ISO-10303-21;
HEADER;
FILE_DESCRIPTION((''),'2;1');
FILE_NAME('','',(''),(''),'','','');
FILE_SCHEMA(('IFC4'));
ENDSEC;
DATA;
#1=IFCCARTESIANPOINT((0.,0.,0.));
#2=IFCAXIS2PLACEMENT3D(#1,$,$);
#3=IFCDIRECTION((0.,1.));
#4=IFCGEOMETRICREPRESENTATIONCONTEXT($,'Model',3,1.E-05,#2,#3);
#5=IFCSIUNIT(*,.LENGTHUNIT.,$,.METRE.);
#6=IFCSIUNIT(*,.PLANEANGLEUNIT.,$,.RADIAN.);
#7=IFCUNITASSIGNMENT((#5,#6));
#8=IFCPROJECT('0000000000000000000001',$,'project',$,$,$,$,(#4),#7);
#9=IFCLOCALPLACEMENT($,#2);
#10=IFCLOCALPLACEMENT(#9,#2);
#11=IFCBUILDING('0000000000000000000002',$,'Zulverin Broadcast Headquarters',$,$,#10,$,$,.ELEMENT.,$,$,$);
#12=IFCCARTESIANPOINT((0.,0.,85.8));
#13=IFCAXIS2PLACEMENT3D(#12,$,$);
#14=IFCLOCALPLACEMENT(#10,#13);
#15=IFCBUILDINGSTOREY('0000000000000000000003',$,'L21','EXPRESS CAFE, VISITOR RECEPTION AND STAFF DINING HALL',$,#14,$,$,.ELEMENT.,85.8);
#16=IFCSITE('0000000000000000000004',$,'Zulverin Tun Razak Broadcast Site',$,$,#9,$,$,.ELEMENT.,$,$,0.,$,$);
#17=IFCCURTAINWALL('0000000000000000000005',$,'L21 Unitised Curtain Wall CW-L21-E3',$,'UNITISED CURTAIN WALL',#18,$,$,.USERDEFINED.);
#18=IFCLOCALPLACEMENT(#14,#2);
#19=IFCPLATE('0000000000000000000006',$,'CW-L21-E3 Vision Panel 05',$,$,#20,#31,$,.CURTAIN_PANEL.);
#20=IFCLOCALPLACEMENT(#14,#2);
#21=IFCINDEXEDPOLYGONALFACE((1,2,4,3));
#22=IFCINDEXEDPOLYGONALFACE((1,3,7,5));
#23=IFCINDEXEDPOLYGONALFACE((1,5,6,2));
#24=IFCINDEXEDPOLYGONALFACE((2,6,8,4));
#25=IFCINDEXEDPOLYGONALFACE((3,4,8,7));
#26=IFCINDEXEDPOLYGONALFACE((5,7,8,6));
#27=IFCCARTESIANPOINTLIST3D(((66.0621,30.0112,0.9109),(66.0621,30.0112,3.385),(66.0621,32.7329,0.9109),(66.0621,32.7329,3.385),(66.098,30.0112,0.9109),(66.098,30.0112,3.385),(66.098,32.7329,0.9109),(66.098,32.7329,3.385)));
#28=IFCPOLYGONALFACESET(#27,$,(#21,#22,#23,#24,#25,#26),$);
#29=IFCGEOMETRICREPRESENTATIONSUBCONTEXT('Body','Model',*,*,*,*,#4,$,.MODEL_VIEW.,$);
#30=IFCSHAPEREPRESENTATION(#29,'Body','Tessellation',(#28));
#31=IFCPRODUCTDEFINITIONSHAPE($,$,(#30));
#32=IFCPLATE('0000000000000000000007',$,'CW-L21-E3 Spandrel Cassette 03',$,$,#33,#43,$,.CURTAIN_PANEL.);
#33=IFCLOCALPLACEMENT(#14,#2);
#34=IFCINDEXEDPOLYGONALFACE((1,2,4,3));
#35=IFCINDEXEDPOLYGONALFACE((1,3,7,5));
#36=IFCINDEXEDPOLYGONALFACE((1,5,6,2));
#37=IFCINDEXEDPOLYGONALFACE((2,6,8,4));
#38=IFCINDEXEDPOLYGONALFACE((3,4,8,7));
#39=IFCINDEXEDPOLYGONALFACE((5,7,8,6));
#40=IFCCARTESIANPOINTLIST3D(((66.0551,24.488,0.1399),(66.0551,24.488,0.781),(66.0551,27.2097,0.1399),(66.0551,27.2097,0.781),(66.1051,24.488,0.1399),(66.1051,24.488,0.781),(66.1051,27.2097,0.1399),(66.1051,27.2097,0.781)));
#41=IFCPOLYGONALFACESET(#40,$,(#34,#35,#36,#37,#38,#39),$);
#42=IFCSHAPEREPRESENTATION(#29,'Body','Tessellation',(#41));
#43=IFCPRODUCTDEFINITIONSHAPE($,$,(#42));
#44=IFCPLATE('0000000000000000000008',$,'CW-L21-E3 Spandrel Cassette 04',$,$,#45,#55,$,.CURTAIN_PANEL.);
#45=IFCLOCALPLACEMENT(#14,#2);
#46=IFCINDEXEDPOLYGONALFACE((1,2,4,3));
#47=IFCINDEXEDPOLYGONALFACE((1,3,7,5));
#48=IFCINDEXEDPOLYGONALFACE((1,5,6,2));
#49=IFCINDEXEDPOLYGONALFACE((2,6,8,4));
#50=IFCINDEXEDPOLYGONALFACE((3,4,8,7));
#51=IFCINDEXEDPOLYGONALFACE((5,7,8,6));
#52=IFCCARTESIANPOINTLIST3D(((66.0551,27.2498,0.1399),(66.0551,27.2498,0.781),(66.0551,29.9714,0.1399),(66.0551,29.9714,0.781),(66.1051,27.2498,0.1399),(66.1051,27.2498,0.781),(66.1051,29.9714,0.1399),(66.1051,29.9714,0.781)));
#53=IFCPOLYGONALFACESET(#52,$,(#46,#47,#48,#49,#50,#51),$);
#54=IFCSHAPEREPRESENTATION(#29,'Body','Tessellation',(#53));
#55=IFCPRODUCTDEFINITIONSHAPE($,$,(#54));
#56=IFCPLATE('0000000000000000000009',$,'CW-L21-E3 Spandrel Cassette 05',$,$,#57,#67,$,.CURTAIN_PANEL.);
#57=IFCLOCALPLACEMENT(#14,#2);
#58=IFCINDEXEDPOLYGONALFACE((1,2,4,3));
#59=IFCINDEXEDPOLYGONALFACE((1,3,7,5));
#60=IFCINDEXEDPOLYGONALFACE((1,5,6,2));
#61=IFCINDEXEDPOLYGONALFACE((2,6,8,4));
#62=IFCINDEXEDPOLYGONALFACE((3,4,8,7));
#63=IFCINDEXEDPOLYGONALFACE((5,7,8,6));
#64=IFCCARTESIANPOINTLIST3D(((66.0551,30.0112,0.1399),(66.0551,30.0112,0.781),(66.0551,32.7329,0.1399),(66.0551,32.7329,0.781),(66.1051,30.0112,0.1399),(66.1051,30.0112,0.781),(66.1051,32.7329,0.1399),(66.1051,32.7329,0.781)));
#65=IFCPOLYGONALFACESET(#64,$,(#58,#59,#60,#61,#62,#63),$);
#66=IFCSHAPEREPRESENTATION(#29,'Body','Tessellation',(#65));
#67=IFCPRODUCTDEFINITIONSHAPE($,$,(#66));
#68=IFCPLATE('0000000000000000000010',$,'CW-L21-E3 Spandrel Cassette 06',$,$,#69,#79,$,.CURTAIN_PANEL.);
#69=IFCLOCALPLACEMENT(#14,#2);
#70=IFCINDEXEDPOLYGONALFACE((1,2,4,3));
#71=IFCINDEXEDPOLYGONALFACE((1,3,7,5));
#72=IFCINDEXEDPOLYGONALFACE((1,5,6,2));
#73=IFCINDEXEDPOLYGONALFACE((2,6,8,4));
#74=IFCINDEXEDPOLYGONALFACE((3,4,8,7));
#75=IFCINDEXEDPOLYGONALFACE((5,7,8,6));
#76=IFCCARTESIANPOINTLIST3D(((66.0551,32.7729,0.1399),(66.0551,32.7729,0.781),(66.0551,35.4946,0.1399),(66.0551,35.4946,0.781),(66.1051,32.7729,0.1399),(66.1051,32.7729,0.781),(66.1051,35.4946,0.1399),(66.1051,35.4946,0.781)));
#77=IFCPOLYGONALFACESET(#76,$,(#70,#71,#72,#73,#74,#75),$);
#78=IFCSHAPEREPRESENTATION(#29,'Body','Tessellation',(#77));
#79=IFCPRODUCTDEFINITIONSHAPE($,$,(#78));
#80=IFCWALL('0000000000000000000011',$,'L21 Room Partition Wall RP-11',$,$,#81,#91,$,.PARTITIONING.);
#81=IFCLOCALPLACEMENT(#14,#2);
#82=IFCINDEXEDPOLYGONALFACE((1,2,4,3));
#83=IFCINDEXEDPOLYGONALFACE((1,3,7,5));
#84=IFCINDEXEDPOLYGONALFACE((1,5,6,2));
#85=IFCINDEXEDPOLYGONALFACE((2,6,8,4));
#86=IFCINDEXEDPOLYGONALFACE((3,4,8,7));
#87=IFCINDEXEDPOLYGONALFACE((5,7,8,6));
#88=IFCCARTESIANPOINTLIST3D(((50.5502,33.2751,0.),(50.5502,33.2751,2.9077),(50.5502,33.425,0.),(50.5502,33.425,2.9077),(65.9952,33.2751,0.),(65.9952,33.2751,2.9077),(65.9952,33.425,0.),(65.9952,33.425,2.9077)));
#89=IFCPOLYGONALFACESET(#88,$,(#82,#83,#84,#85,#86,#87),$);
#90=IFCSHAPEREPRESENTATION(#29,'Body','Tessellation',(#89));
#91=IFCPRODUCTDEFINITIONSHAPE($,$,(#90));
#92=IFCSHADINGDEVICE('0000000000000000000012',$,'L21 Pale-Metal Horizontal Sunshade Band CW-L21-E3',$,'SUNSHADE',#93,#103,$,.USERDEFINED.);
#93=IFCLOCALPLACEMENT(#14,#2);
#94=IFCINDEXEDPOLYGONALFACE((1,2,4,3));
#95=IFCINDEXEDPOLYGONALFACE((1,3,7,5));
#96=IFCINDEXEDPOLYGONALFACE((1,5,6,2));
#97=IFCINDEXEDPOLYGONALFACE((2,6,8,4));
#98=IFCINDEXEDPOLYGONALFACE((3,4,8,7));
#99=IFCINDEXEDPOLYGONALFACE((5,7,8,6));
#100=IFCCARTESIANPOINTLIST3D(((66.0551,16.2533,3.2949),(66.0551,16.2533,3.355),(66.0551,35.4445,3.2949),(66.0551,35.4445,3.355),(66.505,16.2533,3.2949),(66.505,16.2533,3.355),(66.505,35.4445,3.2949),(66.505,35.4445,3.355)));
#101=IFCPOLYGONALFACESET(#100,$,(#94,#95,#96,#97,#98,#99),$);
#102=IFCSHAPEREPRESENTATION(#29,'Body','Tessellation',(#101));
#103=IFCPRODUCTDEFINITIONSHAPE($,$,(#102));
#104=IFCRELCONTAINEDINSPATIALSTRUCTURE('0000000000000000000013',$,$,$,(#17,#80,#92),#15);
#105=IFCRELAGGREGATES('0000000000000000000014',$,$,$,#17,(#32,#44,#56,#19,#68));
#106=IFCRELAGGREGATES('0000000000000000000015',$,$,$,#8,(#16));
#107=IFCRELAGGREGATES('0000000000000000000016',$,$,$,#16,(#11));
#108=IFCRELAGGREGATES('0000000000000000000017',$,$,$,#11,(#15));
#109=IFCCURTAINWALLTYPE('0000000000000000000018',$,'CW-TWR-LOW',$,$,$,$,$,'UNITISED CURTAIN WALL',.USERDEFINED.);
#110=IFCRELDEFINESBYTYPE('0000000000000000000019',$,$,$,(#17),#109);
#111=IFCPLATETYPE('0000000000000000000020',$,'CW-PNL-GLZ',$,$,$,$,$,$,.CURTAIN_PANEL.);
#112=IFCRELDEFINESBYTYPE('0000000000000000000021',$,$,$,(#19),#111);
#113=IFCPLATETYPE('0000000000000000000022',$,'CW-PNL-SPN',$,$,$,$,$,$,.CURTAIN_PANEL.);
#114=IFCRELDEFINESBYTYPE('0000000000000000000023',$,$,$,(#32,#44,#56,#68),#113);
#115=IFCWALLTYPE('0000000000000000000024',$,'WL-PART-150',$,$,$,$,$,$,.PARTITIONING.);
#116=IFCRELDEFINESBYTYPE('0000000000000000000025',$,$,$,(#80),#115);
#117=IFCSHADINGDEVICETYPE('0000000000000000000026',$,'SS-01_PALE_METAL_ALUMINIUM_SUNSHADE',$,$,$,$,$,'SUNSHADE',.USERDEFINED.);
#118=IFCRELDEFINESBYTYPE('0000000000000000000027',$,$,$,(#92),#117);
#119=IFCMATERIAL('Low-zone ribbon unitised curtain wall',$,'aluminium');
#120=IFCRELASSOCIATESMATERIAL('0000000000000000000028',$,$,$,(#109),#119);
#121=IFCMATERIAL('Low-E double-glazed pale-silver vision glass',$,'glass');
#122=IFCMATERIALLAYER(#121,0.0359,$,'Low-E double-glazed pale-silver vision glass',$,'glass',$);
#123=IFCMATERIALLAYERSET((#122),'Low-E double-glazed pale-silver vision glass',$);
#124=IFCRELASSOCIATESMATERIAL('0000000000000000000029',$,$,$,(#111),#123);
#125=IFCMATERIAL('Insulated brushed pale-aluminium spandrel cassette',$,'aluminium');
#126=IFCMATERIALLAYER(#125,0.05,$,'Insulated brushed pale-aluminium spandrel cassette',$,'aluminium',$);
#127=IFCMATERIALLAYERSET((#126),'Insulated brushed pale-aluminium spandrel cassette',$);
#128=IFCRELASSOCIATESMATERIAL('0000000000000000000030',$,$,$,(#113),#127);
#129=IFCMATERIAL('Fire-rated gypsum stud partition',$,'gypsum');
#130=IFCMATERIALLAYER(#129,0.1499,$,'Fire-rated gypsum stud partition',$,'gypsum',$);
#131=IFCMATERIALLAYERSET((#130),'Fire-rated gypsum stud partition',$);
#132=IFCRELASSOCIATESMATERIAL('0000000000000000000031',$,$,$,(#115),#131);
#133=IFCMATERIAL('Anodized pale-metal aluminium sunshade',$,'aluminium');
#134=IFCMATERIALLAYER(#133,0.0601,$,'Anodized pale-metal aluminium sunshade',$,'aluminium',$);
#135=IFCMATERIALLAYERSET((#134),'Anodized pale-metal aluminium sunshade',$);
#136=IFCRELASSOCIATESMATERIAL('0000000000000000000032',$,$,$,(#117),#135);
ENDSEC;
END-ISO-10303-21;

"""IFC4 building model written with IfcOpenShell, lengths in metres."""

from ifc_helpers import new_model, si_unit, direction, frame, frame_2d, origin, origin_2d, place, context, subcontext, project, spatial, rectangle, extrude, material, layer, layer_set, type_object, element, aggregate, save


model = new_model("IFC4")

# Units and contexts
model_context = context("Model", 3, precision=1e-05, world=origin(), true_north=direction((0.0, 1.0)))
body_context = subcontext(model_context, "Body", "Model", "MODEL_VIEW")
ifc_project = project(units=[si_unit("LENGTHUNIT", "METRE"), si_unit("PLANEANGLEUNIT", "RADIAN")], contexts=[model_context])

# Site, building, storey
site_placement = place(None, origin())
site = spatial("IfcSite", under=ifc_project, at=site_placement, Name="Zulverin Tun Razak Broadcast Site", CompositionType="ELEMENT", RefElevation=0.0)
building_placement = place(site_placement, origin())
building = spatial("IfcBuilding", under=site, at=building_placement, Name="Zulverin Broadcast Headquarters", CompositionType="ELEMENT")
storey_placement = place(building_placement, frame((0.0, 0.0, 85.8)))
storey = spatial("IfcBuildingStorey", under=building, at=storey_placement, Name="L21", Description="EXPRESS CAFE, VISITOR RECEPTION AND STAFF DINING HALL", CompositionType="ELEMENT", Elevation=85.8)

# Curtain wall, plates
ifc_material_1 = material(Name="Low-zone ribbon unitised curtain wall", Category="aluminium")
curtain_wall_type = type_object("IfcCurtainWallType", Name="CW-TWR-LOW", ElementType="UNITISED CURTAIN WALL", PredefinedType="USERDEFINED", material=ifc_material_1)
curtain_wall_placement = place(storey_placement, origin())
curtain_wall = element("IfcCurtainWall", 1, at=curtain_wall_placement, inside=storey, type_object=curtain_wall_type, Name="L21 Unitised Curtain Wall CW-L21-E3", ObjectType="UNITISED CURTAIN WALL", PredefinedType="USERDEFINED")
ifc_material_2 = material(Name="Low-E double-glazed pale-silver vision glass", Category="glass")
ifc_layer_1 = layer(ifc_material_2, 0.0359, Name="Low-E double-glazed pale-silver vision glass", Category="glass")
ifc_layer_set_1 = layer_set([ifc_layer_1], Name="Low-E double-glazed pale-silver vision glass")
plate_type_1 = type_object("IfcPlateType", Name="CW-PNL-GLZ", PredefinedType="CURTAIN_PANEL", material=ifc_layer_set_1)
plate_1_placement = place(storey_placement, frame((66.0801, 31.3721, 0.9109), z_axis=(0.0, 0.0, 1.0), x_axis=(0.0, 1.0, 0.0)))
plate_1 = element("IfcPlate", 2, at=plate_1_placement, type_object=plate_type_1, Name="CW-L21-E3 Vision Panel 05", PredefinedType="CURTAIN_PANEL", context=body_context, shape_type="SweptSolid", body=[
    extrude(rectangle(XDim=2.7217, YDim=0.0359, at=origin_2d()), origin(), (0.0, 0.0, 1.0), 2.4741),
])
ifc_material_3 = material(Name="Insulated brushed pale-aluminium spandrel cassette", Category="aluminium")
ifc_layer_2 = layer(ifc_material_3, 0.05, Name="Insulated brushed pale-aluminium spandrel cassette", Category="aluminium")
ifc_layer_set_2 = layer_set([ifc_layer_2], Name="Insulated brushed pale-aluminium spandrel cassette")
plate_type_2 = type_object("IfcPlateType", Name="CW-PNL-SPN", PredefinedType="CURTAIN_PANEL", material=ifc_layer_set_2)
plate_2_placement = place(storey_placement, frame((66.0801, 25.8489, 0.1399), z_axis=(0.0, 0.0, 1.0), x_axis=(0.0, 1.0, 0.0)))
plate_2 = element("IfcPlate", 3, at=plate_2_placement, type_object=plate_type_2, Name="CW-L21-E3 Spandrel Cassette 03", PredefinedType="CURTAIN_PANEL", context=body_context, shape_type="SweptSolid", body=[
    extrude(rectangle(XDim=2.7217, YDim=0.05, at=origin_2d()), origin(), (0.0, 0.0, 1.0), 0.6411),
])
plate_3_placement = place(storey_placement, frame((66.0801, 28.6106, 0.1399), z_axis=(0.0, 0.0, 1.0), x_axis=(0.0, 1.0, 0.0)))
plate_3 = element("IfcPlate", 4, at=plate_3_placement, type_object=plate_type_2, Name="CW-L21-E3 Spandrel Cassette 04", PredefinedType="CURTAIN_PANEL", context=body_context, shape_type="SweptSolid", body=[
    extrude(rectangle(XDim=2.7217, YDim=0.05, at=origin_2d()), origin(), (0.0, 0.0, 1.0), 0.6411),
])
plate_4_placement = place(storey_placement, frame((66.0801, 31.3721, 0.1399), z_axis=(0.0, 0.0, 1.0), x_axis=(0.0, 1.0, 0.0)))
plate_4 = element("IfcPlate", 5, at=plate_4_placement, type_object=plate_type_2, Name="CW-L21-E3 Spandrel Cassette 05", PredefinedType="CURTAIN_PANEL", context=body_context, shape_type="SweptSolid", body=[
    extrude(rectangle(XDim=2.7217, YDim=0.05, at=origin_2d()), origin(), (0.0, 0.0, 1.0), 0.6411),
])
plate_5_placement = place(storey_placement, frame((66.0801, 34.1338, 0.1399), z_axis=(0.0, 0.0, 1.0), x_axis=(0.0, 1.0, 0.0)))
plate_5 = element("IfcPlate", 6, at=plate_5_placement, type_object=plate_type_2, Name="CW-L21-E3 Spandrel Cassette 06", PredefinedType="CURTAIN_PANEL", context=body_context, shape_type="SweptSolid", body=[
    extrude(rectangle(XDim=2.7217, YDim=0.05, at=origin_2d()), origin(), (0.0, 0.0, 1.0), 0.6411),
])
aggregate(curtain_wall, [plate_2, plate_3, plate_4, plate_1, plate_5])

# Wall
ifc_material_4 = material(Name="Fire-rated gypsum stud partition", Category="gypsum")
ifc_layer_3 = layer(ifc_material_4, 0.1499, Name="Fire-rated gypsum stud partition", Category="gypsum")
ifc_layer_set_3 = layer_set([ifc_layer_3], Name="Fire-rated gypsum stud partition")
wall_type = type_object("IfcWallType", Name="WL-PART-150", PredefinedType="PARTITIONING", material=ifc_layer_set_3)
wall_placement = place(storey_placement, frame((50.55, 33.3501, 0.0), z_axis=(0.0, 0.0, 1.0), x_axis=(1.0, 0.0, 0.0)))
element("IfcWall", 7, at=wall_placement, inside=storey, type_object=wall_type, Name="L21 Room Partition Wall RP-11", PredefinedType="PARTITIONING", context=body_context, shape_type="SweptSolid", body=[
    extrude(rectangle(XDim=15.4451, YDim=0.1499, at=frame_2d((7.7227, 0.0))), origin(), (0.0, 0.0, 1.0), 2.9077),
])

# Shading device
ifc_material_5 = material(Name="Anodized pale-metal aluminium sunshade", Category="aluminium")
ifc_layer_4 = layer(ifc_material_5, 0.0601, Name="Anodized pale-metal aluminium sunshade", Category="aluminium")
ifc_layer_set_4 = layer_set([ifc_layer_4], Name="Anodized pale-metal aluminium sunshade")
shading_device_type = type_object("IfcShadingDeviceType", Name="SS-01_PALE_METAL_ALUMINIUM_SUNSHADE", ElementType="SUNSHADE", PredefinedType="USERDEFINED", material=ifc_layer_set_4)
shading_device_placement = place(storey_placement, frame((66.28, 25.8489, 3.2949), z_axis=(0.0, 0.0, 1.0), x_axis=(0.0, 1.0, 0.0)))
element("IfcShadingDevice", 8, at=shading_device_placement, inside=storey, type_object=shading_device_type, Name="L21 Pale-Metal Horizontal Sunshade Band CW-L21-E3", ObjectType="SUNSHADE", PredefinedType="USERDEFINED", context=body_context, shape_type="SweptSolid", body=[
    extrude(rectangle(XDim=19.1912, YDim=0.45, at=origin_2d()), origin(), (0.0, 0.0, 1.0), 0.0601),
])

save(model, "model.ifc")
